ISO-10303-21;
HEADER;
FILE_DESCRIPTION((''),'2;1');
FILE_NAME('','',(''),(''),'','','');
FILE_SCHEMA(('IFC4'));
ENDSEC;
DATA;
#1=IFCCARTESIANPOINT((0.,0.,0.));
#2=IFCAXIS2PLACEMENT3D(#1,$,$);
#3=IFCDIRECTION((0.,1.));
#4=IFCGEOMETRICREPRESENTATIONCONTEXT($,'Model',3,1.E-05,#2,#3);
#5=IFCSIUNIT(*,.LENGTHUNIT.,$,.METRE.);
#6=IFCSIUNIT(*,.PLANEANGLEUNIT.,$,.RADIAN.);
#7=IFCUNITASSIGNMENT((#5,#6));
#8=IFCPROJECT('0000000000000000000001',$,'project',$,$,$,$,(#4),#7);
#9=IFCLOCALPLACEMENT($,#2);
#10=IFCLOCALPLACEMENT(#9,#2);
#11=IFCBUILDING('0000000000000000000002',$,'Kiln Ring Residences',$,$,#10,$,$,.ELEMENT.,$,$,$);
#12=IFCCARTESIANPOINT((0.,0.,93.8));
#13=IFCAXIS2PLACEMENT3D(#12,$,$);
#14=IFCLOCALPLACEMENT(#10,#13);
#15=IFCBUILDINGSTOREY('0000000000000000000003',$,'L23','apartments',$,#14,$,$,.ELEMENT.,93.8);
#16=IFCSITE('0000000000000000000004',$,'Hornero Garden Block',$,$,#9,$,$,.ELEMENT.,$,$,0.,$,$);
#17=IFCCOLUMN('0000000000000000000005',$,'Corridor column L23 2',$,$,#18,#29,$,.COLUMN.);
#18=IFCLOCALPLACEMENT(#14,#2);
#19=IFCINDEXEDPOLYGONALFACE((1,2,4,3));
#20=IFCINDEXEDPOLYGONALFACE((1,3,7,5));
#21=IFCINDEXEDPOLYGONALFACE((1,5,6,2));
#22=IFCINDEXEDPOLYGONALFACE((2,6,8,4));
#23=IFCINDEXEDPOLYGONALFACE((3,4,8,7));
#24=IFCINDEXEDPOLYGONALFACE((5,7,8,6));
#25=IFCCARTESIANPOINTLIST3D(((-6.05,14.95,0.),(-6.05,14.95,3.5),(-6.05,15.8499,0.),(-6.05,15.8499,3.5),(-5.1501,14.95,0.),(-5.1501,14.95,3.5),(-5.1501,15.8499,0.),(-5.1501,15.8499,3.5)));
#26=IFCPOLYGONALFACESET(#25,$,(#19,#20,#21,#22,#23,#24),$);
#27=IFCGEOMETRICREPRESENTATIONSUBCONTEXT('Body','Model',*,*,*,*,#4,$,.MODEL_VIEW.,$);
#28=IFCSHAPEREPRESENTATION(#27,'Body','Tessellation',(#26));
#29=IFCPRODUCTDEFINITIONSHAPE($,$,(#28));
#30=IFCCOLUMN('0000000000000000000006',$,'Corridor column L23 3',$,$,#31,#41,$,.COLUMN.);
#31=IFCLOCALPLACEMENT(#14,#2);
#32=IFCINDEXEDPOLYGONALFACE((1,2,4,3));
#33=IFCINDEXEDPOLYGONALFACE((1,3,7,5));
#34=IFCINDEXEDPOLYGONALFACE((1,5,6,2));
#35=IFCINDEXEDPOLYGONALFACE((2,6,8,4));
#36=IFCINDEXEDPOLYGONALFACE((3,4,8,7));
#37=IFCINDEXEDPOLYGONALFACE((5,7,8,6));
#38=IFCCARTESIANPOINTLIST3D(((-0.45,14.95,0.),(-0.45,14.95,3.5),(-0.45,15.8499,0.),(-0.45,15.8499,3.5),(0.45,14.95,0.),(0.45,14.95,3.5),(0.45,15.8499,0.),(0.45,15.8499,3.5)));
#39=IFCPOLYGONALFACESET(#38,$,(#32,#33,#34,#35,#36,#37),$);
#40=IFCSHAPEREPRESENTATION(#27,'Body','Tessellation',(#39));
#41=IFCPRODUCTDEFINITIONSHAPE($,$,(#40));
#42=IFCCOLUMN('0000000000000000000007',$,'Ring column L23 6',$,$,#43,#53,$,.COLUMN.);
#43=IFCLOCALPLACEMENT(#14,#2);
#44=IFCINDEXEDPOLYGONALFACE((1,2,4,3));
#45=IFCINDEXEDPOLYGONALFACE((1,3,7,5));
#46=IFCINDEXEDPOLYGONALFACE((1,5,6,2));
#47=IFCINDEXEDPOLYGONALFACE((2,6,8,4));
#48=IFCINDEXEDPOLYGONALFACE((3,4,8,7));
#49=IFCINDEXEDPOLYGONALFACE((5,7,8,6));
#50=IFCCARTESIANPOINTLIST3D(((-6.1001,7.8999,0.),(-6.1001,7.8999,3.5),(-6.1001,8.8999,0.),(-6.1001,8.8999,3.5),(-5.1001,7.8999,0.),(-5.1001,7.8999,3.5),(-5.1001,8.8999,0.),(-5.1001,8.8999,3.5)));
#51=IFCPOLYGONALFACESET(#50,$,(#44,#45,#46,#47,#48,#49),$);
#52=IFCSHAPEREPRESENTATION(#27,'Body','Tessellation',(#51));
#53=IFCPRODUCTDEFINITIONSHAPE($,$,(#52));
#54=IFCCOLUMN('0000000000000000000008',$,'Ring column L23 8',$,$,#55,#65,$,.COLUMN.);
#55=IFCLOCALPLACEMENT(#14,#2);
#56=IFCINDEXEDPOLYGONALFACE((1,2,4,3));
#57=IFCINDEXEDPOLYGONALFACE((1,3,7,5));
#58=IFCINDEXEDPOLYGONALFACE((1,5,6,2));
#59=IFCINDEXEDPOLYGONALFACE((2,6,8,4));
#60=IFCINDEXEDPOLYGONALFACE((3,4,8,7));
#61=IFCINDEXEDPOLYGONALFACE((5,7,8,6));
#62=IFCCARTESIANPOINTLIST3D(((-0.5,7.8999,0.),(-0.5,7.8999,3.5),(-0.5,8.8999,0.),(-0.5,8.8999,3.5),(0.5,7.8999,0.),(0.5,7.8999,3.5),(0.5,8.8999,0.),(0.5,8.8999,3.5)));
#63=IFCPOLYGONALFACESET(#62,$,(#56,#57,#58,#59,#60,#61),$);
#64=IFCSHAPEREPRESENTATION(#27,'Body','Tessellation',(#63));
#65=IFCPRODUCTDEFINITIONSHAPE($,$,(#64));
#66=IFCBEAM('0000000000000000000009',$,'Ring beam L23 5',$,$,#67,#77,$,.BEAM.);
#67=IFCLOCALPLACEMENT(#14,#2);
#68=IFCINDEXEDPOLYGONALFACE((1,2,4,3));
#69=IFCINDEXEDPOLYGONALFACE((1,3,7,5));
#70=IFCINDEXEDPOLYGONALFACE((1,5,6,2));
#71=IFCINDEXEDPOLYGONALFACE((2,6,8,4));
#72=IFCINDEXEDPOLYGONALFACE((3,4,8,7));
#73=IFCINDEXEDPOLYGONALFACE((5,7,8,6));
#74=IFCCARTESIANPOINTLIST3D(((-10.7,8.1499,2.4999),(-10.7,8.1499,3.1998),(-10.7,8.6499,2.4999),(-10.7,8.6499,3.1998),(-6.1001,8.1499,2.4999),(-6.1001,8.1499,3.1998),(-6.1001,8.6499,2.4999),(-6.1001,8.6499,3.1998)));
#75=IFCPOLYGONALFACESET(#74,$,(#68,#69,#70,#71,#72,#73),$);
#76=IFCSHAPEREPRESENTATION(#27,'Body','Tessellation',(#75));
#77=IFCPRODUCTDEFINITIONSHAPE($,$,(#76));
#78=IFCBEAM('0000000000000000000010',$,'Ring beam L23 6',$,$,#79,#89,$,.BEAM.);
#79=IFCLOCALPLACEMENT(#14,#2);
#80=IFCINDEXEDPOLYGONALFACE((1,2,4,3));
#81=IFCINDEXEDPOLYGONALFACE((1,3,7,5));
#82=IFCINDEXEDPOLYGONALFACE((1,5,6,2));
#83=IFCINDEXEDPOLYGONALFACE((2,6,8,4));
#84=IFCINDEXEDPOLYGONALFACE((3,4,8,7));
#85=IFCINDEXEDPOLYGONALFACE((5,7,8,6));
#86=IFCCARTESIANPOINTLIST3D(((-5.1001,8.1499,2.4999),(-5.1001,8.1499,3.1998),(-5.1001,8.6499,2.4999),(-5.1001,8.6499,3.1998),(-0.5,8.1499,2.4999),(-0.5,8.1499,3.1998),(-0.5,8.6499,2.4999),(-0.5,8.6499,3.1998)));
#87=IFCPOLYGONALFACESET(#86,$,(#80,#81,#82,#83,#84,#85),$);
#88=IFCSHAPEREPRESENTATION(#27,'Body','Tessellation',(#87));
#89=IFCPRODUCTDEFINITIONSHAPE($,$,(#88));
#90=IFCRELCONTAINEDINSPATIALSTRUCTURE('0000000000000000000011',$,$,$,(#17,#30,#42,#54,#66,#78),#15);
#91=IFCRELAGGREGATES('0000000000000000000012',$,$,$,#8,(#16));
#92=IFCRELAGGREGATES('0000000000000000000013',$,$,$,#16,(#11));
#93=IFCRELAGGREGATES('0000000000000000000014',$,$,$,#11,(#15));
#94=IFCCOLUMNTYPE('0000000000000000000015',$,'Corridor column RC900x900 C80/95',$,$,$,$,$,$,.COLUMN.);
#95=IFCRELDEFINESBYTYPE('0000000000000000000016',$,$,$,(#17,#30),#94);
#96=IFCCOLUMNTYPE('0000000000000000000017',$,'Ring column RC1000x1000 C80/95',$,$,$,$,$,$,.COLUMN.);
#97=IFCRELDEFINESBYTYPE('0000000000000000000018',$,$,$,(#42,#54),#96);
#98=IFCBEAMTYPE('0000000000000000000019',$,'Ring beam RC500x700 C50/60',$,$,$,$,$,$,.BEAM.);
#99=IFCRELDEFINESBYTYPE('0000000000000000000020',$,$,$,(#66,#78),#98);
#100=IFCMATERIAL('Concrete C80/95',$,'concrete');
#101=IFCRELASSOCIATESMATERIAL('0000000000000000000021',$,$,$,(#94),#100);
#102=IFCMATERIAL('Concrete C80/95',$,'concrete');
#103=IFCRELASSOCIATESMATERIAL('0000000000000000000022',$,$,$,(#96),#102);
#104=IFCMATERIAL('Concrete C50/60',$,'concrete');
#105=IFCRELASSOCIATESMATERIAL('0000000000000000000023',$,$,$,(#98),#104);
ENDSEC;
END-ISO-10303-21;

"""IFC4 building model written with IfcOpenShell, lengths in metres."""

from ifc_helpers import new_model, si_unit, direction, frame, origin, origin_2d, place, context, subcontext, project, spatial, rectangle, extrude, material, material_profile, profile_set, type_object, element, save


model = new_model("IFC4")

# Units and contexts
model_context = context("Model", 3, precision=1e-05, world=origin(), true_north=direction((0.0, 1.0)))
body_context = subcontext(model_context, "Body", "Model", "MODEL_VIEW")
ifc_project = project(units=[si_unit("LENGTHUNIT", "METRE"), si_unit("PLANEANGLEUNIT", "RADIAN")], contexts=[model_context])

# Site, building, storey
site_placement = place(None, origin())
site = spatial("IfcSite", under=ifc_project, at=site_placement, Name="Hornero Garden Block", CompositionType="ELEMENT", RefElevation=0.0)
building_placement = place(site_placement, origin())
building = spatial("IfcBuilding", under=site, at=building_placement, Name="Kiln Ring Residences", CompositionType="ELEMENT")
storey_placement = place(building_placement, frame((0.0, 0.0, 93.8)))
storey = spatial("IfcBuildingStorey", under=building, at=storey_placement, Name="L23", Description="apartments", CompositionType="ELEMENT", Elevation=93.8)

# Columns
ifc_material_1 = material(Name="Concrete C80/95", Category="concrete")
ifc_material_profile_1 = material_profile(ifc_material_1, rectangle(XDim=0.8999, YDim=0.8999, at=origin_2d()), Name="RC900x900")
ifc_profile_set_1 = profile_set([ifc_material_profile_1], Name="Concrete C80/95")
column_type_1 = type_object("IfcColumnType", Name="Corridor column RC900x900 C80/95", PredefinedType="COLUMN", material=ifc_profile_set_1)
for number, where, z_axis, x_axis, name in (
    (1, (-5.6001, 15.3999, 0.0), (0.0, 0.0, 1.0), (1.0, 0.0, 0.0), "Corridor column L23 2"),
    (2, (0.0, 15.3999, 0.0), (0.0, 0.0, 1.0), (1.0, 0.0, 0.0), "Corridor column L23 3"),
):
    element("IfcColumn", number, at=place(storey_placement, frame(where, z_axis=z_axis, x_axis=x_axis)), inside=storey, type_object=column_type_1, Name=name, PredefinedType="COLUMN", context=body_context, shape_type="SweptSolid", body=[
        extrude(rectangle(XDim=0.8999, YDim=0.8999, at=origin_2d()), origin(), (0.0, 0.0, 1.0), 3.5),
    ])
ifc_material_2 = material(Name="Concrete C80/95", Category="concrete")
ifc_material_profile_2 = material_profile(ifc_material_2, rectangle(XDim=1.0, YDim=1.0, at=origin_2d()), Name="RC1000x1000")
ifc_profile_set_2 = profile_set([ifc_material_profile_2], Name="Concrete C80/95")
column_type_2 = type_object("IfcColumnType", Name="Ring column RC1000x1000 C80/95", PredefinedType="COLUMN", material=ifc_profile_set_2)
for number, where, z_axis, x_axis, name in (
    (3, (-5.6001, 8.3999, 0.0), (0.0, 0.0, 1.0), (1.0, 0.0, 0.0), "Ring column L23 6"),
    (4, (0.0, 8.3999, 0.0), (0.0, 0.0, 1.0), (1.0, 0.0, 0.0), "Ring column L23 8"),
):
    element("IfcColumn", number, at=place(storey_placement, frame(where, z_axis=z_axis, x_axis=x_axis)), inside=storey, type_object=column_type_2, Name=name, PredefinedType="COLUMN", context=body_context, shape_type="SweptSolid", body=[
        extrude(rectangle(XDim=1.0, YDim=1.0, at=origin_2d()), origin(), (0.0, 0.0, 1.0), 3.5),
    ])

# Beams
ifc_material_3 = material(Name="Concrete C50/60", Category="concrete")
ifc_material_profile_3 = material_profile(ifc_material_3, rectangle(XDim=0.5, YDim=0.7, at=origin_2d()), Name="RC500x700")
ifc_profile_set_3 = profile_set([ifc_material_profile_3], Name="Concrete C50/60")
beam_type = type_object("IfcBeamType", Name="Ring beam RC500x700 C50/60", PredefinedType="BEAM", material=ifc_profile_set_3)
beam_1_placement = place(storey_placement, frame((-10.7, 8.3999, 2.8499), z_axis=(1.0, 0.0, 0.0), x_axis=(0.0, 1.0, 0.0)))
element("IfcBeam", 5, at=beam_1_placement, inside=storey, type_object=beam_type, Name="Ring beam L23 5", PredefinedType="BEAM", context=body_context, shape_type="SweptSolid", body=[
    extrude(rectangle(XDim=0.5, YDim=0.7, at=origin_2d()), origin(), (0.0, 0.0, 1.0), 4.5999),
])
beam_2_placement = place(storey_placement, frame((-5.1001, 8.3999, 2.8499), z_axis=(1.0, 0.0, 0.0), x_axis=(0.0, 1.0, 0.0)))
element("IfcBeam", 6, at=beam_2_placement, inside=storey, type_object=beam_type, Name="Ring beam L23 6", PredefinedType="BEAM", context=body_context, shape_type="SweptSolid", body=[
    extrude(rectangle(XDim=0.5, YDim=0.7, at=origin_2d()), origin(), (0.0, 0.0, 1.0), 4.6001),
])

save(model, "model.ifc")
